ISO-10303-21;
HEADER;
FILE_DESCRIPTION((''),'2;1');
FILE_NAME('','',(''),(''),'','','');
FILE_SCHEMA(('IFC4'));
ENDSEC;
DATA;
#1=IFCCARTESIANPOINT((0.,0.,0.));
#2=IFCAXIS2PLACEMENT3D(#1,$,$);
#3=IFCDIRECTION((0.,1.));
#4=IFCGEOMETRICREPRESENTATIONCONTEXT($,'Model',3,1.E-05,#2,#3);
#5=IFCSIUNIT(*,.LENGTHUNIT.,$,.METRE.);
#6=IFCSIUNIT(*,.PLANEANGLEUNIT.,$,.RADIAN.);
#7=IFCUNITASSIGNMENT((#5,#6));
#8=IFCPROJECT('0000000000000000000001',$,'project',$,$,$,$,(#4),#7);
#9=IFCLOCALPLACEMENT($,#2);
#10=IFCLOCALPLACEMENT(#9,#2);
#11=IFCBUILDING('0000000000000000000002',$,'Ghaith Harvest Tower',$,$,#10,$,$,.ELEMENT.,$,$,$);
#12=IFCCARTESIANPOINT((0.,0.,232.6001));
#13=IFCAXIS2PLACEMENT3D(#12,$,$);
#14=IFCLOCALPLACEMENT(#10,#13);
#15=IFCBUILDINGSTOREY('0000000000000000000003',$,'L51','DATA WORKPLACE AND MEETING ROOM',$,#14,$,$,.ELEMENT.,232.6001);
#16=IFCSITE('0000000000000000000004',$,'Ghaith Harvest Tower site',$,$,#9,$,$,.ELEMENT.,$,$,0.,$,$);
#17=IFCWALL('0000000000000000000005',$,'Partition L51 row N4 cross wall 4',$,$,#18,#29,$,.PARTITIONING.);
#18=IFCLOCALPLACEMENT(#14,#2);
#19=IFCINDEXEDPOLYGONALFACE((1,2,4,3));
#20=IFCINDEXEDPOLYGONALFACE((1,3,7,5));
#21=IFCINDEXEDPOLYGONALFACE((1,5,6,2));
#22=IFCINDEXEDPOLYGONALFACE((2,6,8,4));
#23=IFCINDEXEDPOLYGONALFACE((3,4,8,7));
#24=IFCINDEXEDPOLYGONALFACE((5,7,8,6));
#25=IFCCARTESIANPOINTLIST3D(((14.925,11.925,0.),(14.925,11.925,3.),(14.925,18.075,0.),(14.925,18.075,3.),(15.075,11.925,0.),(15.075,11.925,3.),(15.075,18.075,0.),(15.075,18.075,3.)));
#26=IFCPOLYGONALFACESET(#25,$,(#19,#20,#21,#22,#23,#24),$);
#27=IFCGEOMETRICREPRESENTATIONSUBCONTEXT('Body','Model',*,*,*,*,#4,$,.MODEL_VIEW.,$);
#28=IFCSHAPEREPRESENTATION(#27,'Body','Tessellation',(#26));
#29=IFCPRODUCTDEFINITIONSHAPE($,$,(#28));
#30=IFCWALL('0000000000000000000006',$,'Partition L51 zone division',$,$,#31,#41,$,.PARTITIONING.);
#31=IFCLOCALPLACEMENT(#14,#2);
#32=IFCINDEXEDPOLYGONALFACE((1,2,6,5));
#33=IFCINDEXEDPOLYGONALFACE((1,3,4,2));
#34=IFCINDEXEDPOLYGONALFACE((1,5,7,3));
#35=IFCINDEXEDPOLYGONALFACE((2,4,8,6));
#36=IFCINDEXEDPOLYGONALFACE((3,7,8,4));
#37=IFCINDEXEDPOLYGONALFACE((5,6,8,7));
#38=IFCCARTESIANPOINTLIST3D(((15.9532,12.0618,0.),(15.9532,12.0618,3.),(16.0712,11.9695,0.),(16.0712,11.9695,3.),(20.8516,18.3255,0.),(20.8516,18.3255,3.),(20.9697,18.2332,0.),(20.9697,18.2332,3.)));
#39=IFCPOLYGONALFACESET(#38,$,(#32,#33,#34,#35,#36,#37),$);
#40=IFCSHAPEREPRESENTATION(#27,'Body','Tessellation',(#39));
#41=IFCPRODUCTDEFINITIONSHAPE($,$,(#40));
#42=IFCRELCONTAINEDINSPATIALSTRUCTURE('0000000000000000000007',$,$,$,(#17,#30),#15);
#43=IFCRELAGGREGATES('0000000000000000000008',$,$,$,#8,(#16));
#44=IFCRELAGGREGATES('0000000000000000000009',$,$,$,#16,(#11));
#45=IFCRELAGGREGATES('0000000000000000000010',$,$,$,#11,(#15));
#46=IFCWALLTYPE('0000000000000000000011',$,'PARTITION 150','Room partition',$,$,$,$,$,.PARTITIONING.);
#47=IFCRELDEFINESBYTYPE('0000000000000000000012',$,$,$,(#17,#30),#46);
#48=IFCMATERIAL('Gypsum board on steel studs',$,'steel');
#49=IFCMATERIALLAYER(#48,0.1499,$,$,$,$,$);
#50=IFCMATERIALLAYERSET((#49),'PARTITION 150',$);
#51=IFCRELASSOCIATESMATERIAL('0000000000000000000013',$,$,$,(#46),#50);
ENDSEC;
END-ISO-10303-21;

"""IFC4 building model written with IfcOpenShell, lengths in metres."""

from ifc_helpers import new_model, si_unit, direction, frame, frame_2d, origin, place, context, subcontext, project, spatial, rectangle, extrude, material, layer, layer_set, type_object, element, save


model = new_model("IFC4")

# Units and contexts
model_context = context("Model", 3, precision=1e-05, world=origin(), true_north=direction((0.0, 1.0)))
body_context = subcontext(model_context, "Body", "Model", "MODEL_VIEW")
ifc_project = project(units=[si_unit("LENGTHUNIT", "METRE"), si_unit("PLANEANGLEUNIT", "RADIAN")], contexts=[model_context])

# Site, building, storey
site_placement = place(None, origin())
site = spatial("IfcSite", under=ifc_project, at=site_placement, Name="Ghaith Harvest Tower site", CompositionType="ELEMENT", RefElevation=0.0)
building_placement = place(site_placement, origin())
building = spatial("IfcBuilding", under=site, at=building_placement, Name="Ghaith Harvest Tower", CompositionType="ELEMENT")
storey_placement = place(building_placement, frame((0.0, 0.0, 232.6001)))
storey = spatial("IfcBuildingStorey", under=building, at=storey_placement, Name="L51", Description="DATA WORKPLACE AND MEETING ROOM", CompositionType="ELEMENT", Elevation=232.6001)

# Walls
ifc_material_1 = material(Name="Gypsum board on steel studs", Category="steel")
ifc_layer_1 = layer(ifc_material_1, 0.1499)
ifc_layer_set_1 = layer_set([ifc_layer_1], Name="PARTITION 150")
wall_type_1 = type_object("IfcWallType", Name="PARTITION 150", Description="Room partition", PredefinedType="PARTITIONING", material=ifc_layer_set_1)
wall_1_placement = place(storey_placement, frame((15.0, 11.925, 0.0), z_axis=(0.0, 0.0, 1.0), x_axis=(0.0, 1.0, 0.0)))
element("IfcWall", 1, at=wall_1_placement, inside=storey, type_object=wall_type_1, Name="Partition L51 row N4 cross wall 4", PredefinedType="PARTITIONING", context=body_context, shape_type="SweptSolid", body=[
    extrude(rectangle(XDim=6.1499, YDim=0.1499, at=frame_2d((3.075, 0.0))), origin(), (0.0, 0.0, 1.0), 3.0),
])
wall_2_placement = place(storey_placement, frame((16.0122, 12.0156, 0.0), z_axis=(0.0, 0.0, 1.0), x_axis=(0.61603, 0.787723, 0.0)))
element("IfcWall", 2, at=wall_2_placement, inside=storey, type_object=wall_type_1, Name="Partition L51 zone division", PredefinedType="PARTITIONING", context=body_context, shape_type="SweptSolid", body=[
    extrude(rectangle(XDim=7.9517, YDim=0.1499, at=frame_2d((3.9758, 0.0))), origin(), (0.0, 0.0, 1.0), 3.0),
])

save(model, "model.ifc")
